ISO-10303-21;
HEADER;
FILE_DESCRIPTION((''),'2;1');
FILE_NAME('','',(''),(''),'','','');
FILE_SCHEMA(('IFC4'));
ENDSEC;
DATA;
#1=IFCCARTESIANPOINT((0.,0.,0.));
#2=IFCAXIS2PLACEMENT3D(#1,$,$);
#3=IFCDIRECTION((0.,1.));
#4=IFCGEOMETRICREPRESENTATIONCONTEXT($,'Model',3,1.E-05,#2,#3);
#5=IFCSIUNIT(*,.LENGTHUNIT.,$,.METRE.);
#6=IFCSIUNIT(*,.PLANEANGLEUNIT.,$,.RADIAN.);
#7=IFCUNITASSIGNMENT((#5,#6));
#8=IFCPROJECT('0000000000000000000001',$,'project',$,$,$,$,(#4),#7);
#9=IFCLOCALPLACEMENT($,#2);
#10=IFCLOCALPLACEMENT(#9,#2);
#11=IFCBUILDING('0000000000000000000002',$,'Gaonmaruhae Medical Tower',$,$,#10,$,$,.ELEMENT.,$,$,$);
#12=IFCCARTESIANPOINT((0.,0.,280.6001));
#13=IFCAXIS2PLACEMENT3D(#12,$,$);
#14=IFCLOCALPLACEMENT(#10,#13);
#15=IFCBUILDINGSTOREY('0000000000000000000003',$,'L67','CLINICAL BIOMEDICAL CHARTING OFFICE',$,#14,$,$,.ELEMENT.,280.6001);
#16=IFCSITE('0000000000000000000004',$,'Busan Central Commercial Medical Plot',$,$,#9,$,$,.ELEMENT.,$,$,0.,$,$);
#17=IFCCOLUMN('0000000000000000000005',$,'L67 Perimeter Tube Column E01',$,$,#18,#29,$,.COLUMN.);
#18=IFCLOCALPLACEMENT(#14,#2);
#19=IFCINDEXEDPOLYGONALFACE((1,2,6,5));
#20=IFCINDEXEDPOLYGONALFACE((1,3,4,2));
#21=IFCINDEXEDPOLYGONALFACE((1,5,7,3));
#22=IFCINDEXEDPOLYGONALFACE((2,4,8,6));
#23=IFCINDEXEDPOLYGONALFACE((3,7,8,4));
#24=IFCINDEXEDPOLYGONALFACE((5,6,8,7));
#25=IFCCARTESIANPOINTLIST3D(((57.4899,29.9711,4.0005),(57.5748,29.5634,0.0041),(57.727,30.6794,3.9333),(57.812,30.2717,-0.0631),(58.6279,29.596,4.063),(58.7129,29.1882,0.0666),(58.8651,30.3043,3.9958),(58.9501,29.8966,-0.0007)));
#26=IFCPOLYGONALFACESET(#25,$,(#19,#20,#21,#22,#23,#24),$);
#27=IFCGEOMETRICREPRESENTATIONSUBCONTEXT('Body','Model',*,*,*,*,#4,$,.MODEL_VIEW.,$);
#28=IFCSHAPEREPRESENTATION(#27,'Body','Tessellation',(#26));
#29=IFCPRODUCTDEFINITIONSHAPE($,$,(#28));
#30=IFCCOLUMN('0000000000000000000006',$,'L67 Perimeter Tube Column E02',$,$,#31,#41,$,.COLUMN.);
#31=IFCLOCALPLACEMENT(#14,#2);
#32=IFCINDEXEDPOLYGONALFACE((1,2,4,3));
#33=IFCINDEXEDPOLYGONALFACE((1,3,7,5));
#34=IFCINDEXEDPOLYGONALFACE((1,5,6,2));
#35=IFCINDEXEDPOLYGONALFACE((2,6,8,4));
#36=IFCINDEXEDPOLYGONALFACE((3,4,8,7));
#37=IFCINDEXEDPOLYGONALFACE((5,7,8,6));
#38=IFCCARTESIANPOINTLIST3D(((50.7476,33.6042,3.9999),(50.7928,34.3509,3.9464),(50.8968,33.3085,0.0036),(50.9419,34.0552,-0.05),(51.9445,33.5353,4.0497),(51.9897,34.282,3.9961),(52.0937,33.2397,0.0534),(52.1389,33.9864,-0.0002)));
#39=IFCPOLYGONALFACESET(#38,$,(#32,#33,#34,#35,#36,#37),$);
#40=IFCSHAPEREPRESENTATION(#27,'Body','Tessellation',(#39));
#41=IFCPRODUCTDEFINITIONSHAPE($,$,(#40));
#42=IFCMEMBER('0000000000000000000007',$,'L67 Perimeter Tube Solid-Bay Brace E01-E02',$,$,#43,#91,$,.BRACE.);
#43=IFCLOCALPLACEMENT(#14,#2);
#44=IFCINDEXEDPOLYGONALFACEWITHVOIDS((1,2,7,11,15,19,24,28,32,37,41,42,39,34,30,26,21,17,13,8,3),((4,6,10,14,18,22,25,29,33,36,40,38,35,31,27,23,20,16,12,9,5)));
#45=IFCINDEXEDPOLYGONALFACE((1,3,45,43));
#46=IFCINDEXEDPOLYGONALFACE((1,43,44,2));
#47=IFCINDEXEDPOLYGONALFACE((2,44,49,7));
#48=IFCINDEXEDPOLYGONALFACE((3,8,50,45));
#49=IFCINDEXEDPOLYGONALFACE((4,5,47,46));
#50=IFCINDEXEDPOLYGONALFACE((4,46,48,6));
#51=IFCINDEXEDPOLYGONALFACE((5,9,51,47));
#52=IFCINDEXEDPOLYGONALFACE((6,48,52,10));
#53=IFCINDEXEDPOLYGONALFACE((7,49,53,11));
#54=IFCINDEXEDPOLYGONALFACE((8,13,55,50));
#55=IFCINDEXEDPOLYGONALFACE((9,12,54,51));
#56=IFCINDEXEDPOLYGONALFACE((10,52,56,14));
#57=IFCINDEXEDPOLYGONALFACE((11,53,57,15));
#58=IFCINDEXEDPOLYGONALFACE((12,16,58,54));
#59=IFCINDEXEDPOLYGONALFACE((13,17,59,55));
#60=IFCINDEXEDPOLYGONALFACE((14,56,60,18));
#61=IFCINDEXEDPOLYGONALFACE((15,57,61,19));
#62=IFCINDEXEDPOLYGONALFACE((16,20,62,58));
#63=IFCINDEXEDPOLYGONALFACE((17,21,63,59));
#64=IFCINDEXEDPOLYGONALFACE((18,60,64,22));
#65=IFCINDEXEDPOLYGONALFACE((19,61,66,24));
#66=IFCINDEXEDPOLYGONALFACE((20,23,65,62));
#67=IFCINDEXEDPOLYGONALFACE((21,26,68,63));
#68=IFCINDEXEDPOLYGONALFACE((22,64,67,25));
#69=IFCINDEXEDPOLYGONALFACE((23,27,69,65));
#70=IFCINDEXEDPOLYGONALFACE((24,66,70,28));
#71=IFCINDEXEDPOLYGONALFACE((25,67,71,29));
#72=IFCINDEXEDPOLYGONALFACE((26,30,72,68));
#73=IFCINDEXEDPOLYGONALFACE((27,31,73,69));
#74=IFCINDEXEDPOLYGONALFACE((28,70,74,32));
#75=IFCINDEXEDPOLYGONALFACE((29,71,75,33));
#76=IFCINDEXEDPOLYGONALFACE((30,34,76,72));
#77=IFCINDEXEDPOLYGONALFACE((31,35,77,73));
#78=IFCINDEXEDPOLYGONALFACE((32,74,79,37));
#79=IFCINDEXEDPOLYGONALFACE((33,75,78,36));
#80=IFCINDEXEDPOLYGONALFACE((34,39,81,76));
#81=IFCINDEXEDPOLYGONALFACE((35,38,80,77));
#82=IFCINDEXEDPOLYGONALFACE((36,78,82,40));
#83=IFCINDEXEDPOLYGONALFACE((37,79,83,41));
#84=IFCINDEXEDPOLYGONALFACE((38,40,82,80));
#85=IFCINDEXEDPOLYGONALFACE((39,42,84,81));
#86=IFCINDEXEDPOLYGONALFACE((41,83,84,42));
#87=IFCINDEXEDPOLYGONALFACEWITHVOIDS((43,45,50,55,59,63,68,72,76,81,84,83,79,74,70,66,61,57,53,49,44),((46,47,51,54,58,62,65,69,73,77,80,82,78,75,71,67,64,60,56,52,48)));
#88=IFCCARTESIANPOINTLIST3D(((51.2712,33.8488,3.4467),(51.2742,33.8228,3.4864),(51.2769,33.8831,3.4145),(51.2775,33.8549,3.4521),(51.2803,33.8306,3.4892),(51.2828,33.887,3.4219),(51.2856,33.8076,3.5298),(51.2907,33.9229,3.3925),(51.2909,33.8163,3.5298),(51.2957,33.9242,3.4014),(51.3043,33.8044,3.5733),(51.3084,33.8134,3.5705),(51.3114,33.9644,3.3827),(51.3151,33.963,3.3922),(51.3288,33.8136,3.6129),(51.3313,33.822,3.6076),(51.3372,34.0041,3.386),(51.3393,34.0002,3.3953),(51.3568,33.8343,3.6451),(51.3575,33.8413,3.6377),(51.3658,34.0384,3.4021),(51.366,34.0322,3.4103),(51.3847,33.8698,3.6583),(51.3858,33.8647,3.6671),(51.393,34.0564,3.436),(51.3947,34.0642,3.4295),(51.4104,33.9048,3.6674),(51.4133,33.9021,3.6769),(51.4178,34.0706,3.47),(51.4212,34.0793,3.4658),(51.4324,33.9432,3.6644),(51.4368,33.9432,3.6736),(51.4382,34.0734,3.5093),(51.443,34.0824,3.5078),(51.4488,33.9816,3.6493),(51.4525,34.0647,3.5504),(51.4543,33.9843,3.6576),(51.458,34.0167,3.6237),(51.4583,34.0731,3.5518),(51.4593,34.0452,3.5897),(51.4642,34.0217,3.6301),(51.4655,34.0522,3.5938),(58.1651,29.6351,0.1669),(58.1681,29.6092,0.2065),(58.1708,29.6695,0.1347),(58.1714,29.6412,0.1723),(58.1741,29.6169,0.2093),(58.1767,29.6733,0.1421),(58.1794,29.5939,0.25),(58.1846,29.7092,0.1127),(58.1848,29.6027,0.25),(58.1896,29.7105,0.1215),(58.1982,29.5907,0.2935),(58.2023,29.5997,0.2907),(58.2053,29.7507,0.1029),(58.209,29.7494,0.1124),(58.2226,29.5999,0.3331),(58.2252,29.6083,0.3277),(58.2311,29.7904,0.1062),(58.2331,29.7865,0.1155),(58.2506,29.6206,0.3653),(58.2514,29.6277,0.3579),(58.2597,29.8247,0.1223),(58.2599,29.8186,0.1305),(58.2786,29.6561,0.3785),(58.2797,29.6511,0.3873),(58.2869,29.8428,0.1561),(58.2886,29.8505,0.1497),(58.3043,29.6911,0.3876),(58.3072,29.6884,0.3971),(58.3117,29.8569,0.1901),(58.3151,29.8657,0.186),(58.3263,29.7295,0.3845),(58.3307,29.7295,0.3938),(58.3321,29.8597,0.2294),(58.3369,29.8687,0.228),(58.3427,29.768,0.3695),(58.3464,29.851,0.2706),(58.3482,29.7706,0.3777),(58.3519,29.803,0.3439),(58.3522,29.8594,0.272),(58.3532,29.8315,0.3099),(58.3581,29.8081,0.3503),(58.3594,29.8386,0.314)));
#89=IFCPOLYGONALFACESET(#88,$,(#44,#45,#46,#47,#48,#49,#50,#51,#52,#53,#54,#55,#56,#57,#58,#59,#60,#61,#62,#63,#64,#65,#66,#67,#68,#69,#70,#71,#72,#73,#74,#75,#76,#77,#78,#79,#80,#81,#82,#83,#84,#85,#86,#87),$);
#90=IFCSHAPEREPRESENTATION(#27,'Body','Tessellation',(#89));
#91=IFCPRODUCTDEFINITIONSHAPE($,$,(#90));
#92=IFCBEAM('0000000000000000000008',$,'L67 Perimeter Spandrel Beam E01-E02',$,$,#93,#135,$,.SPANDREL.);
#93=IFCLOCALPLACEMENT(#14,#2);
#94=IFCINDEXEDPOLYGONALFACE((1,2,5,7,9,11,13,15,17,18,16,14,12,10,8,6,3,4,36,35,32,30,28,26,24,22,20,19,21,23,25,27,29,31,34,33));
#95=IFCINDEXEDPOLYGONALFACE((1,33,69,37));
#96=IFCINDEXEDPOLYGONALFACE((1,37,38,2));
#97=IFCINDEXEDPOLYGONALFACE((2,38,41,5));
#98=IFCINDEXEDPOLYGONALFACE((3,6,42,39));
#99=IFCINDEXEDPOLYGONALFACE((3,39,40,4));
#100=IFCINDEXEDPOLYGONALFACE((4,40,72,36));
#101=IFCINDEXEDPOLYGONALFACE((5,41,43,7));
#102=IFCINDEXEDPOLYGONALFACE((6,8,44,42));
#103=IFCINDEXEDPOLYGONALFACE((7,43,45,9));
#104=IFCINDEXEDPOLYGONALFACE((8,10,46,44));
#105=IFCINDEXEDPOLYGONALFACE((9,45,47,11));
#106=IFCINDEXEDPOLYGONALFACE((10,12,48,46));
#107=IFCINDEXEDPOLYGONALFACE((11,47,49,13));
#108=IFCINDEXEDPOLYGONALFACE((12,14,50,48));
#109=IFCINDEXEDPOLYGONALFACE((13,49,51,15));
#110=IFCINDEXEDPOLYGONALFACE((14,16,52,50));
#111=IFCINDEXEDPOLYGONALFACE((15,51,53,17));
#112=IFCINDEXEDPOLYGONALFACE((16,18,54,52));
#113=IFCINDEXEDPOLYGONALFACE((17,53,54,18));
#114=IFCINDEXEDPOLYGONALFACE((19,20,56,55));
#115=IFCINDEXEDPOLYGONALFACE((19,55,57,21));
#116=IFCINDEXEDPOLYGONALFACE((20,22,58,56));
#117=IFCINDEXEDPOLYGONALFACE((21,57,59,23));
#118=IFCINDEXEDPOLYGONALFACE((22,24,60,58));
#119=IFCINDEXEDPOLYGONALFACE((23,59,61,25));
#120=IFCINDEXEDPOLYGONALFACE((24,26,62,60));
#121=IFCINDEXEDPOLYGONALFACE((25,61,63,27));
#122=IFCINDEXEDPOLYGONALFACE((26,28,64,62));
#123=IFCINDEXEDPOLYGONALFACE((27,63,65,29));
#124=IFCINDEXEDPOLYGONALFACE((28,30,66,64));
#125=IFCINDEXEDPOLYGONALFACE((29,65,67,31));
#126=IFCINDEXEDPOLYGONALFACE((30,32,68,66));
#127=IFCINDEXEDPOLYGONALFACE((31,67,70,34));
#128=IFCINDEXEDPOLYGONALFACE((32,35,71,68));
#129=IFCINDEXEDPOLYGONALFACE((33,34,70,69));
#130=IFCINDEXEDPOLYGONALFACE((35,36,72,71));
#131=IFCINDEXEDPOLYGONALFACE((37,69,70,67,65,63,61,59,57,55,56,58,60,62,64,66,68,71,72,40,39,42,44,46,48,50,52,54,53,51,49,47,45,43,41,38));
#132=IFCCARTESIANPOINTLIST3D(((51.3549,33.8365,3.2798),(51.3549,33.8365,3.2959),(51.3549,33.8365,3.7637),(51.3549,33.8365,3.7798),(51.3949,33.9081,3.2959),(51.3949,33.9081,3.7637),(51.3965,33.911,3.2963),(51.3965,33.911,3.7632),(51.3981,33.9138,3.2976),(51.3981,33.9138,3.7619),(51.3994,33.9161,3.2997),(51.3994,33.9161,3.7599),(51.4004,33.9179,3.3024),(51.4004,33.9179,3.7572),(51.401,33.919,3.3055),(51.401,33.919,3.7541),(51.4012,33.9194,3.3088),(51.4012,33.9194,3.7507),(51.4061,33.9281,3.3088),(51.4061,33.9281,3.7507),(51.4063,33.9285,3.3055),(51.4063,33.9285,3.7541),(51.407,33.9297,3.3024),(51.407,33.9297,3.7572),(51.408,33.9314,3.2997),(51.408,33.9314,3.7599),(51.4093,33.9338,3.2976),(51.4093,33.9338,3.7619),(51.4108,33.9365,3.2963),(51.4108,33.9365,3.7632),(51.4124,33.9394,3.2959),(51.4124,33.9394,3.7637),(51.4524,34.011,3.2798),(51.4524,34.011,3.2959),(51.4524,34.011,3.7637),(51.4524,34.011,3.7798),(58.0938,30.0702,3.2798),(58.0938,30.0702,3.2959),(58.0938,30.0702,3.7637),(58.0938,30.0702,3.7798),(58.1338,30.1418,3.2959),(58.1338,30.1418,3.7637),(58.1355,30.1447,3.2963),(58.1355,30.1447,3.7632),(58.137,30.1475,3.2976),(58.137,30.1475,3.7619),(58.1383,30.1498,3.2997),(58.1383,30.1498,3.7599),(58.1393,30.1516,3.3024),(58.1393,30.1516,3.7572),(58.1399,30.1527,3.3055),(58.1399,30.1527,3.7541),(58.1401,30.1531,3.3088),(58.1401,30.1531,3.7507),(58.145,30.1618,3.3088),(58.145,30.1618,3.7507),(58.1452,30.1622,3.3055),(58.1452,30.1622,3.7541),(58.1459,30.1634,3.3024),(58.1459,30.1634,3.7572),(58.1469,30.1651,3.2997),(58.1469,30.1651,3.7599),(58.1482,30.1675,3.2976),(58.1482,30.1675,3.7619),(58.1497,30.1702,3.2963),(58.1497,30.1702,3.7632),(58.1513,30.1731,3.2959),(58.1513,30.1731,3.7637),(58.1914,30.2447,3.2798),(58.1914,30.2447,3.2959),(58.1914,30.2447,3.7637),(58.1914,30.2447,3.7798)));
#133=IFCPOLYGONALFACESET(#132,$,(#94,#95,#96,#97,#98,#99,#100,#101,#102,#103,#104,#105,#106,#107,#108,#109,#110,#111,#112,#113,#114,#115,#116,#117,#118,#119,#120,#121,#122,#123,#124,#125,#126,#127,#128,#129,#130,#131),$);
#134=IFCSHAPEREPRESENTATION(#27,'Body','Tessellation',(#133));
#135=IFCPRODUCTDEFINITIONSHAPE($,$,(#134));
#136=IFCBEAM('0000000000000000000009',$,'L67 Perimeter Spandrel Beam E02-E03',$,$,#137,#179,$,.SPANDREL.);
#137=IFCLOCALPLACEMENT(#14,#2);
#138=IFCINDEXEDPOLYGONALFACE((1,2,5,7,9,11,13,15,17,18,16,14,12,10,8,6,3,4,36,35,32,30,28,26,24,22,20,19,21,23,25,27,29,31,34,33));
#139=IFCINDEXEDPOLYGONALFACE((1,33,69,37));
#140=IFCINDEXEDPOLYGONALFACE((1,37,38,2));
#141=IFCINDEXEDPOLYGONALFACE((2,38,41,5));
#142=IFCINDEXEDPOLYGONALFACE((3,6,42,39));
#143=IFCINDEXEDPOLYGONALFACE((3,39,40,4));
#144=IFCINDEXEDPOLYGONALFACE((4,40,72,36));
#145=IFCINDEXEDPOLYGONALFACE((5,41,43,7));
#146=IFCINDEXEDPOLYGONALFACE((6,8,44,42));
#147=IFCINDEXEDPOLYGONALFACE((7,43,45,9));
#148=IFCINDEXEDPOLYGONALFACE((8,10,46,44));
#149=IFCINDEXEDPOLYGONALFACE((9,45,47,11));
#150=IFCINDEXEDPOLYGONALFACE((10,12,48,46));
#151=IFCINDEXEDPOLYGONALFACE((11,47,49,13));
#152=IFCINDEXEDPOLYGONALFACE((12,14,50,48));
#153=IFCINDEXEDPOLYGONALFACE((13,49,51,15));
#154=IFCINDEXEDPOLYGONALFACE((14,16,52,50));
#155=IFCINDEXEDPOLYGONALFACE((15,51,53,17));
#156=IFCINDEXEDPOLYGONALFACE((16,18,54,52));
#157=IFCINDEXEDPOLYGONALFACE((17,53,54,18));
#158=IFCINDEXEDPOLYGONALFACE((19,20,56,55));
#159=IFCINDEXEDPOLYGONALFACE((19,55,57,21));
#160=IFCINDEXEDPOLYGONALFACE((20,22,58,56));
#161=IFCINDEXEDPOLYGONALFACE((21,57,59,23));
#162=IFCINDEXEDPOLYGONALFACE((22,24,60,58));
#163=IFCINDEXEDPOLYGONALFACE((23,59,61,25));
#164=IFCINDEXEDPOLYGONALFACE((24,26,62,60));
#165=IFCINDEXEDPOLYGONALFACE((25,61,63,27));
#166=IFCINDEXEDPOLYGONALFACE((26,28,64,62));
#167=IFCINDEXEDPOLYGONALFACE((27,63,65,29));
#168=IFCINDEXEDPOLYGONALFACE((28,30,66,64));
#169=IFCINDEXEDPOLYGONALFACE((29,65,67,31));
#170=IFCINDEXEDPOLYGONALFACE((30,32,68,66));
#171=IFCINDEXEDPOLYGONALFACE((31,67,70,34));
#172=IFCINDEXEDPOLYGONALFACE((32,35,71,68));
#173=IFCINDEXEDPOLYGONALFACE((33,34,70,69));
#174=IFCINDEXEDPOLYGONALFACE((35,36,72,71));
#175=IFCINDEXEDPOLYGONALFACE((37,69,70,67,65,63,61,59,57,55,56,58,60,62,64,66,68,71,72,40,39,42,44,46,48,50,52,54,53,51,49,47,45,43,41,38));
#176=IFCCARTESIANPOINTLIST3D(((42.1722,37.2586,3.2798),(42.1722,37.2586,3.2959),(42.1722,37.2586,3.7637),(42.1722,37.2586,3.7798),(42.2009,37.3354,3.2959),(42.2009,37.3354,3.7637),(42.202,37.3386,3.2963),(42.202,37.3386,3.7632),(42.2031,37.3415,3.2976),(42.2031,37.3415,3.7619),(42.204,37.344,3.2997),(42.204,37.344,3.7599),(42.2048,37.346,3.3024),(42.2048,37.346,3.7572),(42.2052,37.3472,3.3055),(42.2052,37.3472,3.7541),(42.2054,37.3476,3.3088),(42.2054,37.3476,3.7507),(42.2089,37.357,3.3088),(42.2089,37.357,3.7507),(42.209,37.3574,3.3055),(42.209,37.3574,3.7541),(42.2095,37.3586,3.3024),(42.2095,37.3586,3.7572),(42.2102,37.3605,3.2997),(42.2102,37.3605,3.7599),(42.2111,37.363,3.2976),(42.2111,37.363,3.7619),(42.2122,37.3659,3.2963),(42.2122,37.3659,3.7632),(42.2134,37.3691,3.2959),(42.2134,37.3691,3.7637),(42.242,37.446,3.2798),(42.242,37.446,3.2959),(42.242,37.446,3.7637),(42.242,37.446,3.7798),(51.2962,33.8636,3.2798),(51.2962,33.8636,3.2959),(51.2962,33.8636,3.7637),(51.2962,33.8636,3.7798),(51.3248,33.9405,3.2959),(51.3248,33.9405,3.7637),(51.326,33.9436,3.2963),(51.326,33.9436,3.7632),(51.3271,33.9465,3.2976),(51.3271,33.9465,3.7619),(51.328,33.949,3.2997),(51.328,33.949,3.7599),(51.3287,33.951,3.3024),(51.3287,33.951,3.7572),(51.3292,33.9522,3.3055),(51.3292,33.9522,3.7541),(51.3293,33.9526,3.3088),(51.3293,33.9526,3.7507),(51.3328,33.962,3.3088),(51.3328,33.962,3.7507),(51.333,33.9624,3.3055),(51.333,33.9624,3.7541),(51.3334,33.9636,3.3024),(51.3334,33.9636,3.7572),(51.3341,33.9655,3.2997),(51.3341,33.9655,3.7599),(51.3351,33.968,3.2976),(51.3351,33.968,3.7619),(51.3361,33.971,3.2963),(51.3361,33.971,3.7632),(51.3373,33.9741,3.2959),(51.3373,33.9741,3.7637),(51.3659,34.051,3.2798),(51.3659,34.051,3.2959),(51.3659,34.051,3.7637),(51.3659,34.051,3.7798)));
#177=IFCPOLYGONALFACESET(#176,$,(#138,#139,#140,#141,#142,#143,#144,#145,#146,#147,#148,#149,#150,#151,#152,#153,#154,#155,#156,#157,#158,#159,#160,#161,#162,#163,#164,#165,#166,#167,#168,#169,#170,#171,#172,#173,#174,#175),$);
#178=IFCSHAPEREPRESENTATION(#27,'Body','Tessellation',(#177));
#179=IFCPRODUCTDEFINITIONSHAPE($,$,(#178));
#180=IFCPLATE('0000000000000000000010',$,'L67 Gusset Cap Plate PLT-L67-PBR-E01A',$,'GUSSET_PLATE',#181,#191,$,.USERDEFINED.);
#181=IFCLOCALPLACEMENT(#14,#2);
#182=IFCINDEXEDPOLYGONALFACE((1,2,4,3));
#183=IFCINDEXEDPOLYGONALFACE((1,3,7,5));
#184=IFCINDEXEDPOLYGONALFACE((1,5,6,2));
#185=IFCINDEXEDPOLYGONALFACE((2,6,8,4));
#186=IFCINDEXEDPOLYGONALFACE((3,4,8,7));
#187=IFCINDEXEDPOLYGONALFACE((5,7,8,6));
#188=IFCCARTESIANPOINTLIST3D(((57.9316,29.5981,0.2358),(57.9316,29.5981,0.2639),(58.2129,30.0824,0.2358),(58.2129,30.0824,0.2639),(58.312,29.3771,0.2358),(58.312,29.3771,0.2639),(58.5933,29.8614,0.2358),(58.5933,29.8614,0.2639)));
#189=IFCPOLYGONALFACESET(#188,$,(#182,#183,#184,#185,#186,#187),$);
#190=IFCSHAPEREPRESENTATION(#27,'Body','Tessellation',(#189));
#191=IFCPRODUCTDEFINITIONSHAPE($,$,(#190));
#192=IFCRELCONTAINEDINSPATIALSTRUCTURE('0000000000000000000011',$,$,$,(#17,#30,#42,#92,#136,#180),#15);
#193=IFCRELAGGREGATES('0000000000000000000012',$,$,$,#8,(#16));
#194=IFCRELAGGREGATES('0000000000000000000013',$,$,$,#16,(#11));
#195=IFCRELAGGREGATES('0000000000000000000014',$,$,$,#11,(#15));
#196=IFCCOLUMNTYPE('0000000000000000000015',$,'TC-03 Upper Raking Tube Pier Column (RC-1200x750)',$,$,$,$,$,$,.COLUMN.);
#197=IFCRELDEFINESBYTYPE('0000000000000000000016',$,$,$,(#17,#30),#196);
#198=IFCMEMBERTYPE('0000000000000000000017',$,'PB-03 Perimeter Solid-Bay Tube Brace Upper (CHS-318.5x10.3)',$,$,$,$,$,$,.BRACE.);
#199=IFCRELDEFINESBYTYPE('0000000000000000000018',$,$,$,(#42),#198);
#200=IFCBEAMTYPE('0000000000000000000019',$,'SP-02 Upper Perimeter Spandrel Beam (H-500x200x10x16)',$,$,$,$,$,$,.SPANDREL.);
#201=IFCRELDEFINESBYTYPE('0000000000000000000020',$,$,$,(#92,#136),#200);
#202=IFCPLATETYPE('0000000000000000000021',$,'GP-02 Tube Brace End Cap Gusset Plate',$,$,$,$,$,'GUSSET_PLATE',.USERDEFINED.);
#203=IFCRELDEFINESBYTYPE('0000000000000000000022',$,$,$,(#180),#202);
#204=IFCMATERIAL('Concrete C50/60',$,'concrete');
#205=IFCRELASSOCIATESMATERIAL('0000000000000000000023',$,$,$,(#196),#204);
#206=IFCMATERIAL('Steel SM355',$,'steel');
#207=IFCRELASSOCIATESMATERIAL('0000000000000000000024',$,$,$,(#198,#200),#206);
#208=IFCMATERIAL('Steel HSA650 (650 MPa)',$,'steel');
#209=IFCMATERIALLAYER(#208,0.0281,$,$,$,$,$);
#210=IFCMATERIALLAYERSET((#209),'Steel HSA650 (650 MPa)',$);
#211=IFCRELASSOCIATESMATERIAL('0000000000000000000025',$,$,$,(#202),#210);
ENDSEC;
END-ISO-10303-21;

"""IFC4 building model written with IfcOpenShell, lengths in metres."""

from ifc_helpers import new_model, si_unit, direction, frame, origin, origin_2d, place, context, subcontext, project, spatial, rectangle, hollow_circle, i_section, extrude, material, layer, layer_set, material_profile, profile_set, type_object, element, save


model = new_model("IFC4")

# Units and contexts
model_context = context("Model", 3, precision=1e-05, world=origin(), true_north=direction((0.0, 1.0)))
body_context = subcontext(model_context, "Body", "Model", "MODEL_VIEW")
ifc_project = project(units=[si_unit("LENGTHUNIT", "METRE"), si_unit("PLANEANGLEUNIT", "RADIAN")], contexts=[model_context])

# Site, building, storey
site_placement = place(None, origin())
site = spatial("IfcSite", under=ifc_project, at=site_placement, Name="Busan Central Commercial Medical Plot", CompositionType="ELEMENT", RefElevation=0.0)
building_placement = place(site_placement, origin())
building = spatial("IfcBuilding", under=site, at=building_placement, Name="Gaonmaruhae Medical Tower", CompositionType="ELEMENT")
storey_placement = place(building_placement, frame((0.0, 0.0, 280.6001)))
storey = spatial("IfcBuildingStorey", under=building, at=storey_placement, Name="L67", Description="CLINICAL BIOMEDICAL CHARTING OFFICE", CompositionType="ELEMENT", Elevation=280.6001)

# Columns
ifc_material_1 = material(Name="Concrete C50/60", Category="concrete")
ifc_material_profile_1 = material_profile(ifc_material_1, rectangle(XDim=1.2, YDim=0.75, at=origin_2d()), Name="RC-1200x750")
ifc_profile_set_1 = profile_set([ifc_material_profile_1], Name="Concrete C50/60")
column_type = type_object("IfcColumnType", Name="TC-03 Upper Raking Tube Pier Column (RC-1200x750)", PredefinedType="COLUMN", material=ifc_profile_set_1)
column_1_placement = place(storey_placement, frame((58.2625, 29.73, 0.0017), z_axis=(-0.021145, 0.101473, 0.994614), x_axis=(0.94844, -0.312652, 0.052061)))
element("IfcColumn", 1, at=column_1_placement, inside=storey, type_object=column_type, Name="L67 Perimeter Tube Column E01", PredefinedType="COLUMN", context=body_context, shape_type="SweptSolid", body=[
    extrude(rectangle(XDim=1.2, YDim=0.75, at=origin_2d()), origin(), (0.0, 0.0, 1.0), 4.0181),
])
column_2_placement = place(storey_placement, frame((51.5178, 33.6475, 0.0017), z_axis=(-0.037199, 0.073729, 0.996584), x_axis=(0.997491, -0.057377, 0.041478)))
element("IfcColumn", 2, at=column_2_placement, inside=storey, type_object=column_type, Name="L67 Perimeter Tube Column E02", PredefinedType="COLUMN", context=body_context, shape_type="SweptSolid", body=[
    extrude(rectangle(XDim=1.2, YDim=0.75, at=origin_2d()), origin(), (0.0, 0.0, 1.0), 4.01),
])

# Member
ifc_material_2 = material(Name="Steel SM355", Category="steel")
ifc_material_profile_2 = material_profile(ifc_material_2, hollow_circle(Radius=0.1592, WallThickness=0.0103, at=origin_2d()), Name="CHS-318.5x10.3")
ifc_profile_set_2 = profile_set([ifc_material_profile_2], Name="Steel SM355")
member_type = type_object("IfcMemberType", Name="PB-03 Perimeter Solid-Bay Tube Brace Upper (CHS-318.5x10.3)", PredefinedType="BRACE", material=ifc_profile_set_2)
member_placement = place(storey_placement, frame((58.2625, 29.7297, 0.25), z_axis=(-0.790585, 0.483221, 0.376128), x_axis=(-0.521517, -0.853241, 0.0)))
element("IfcMember", 3, at=member_placement, inside=storey, type_object=member_type, Name="L67 Perimeter Tube Solid-Bay Brace E01-E02", PredefinedType="BRACE", context=body_context, shape_type="SweptSolid", body=[
    extrude(hollow_circle(Radius=0.1592, WallThickness=0.0103, at=origin_2d()), origin(), (0.0, 0.0, 1.0), 8.72),
])

# Beams
ifc_material_profile_3 = material_profile(ifc_material_2, i_section(OverallWidth=0.2, OverallDepth=0.5, WebThickness=0.01, FlangeThickness=0.0161, FilletRadius=0.0129, at=origin_2d()), Name="H-500x200x10x16")
ifc_profile_set_3 = profile_set([ifc_material_profile_3], Name="Steel SM355")
beam_type = type_object("IfcBeamType", Name="SP-02 Upper Perimeter Spandrel Beam (H-500x200x10x16)", PredefinedType="SPANDREL", material=ifc_profile_set_3)
beam_1_placement = place(storey_placement, frame((58.1426, 30.1575, 3.5298), z_axis=(-0.872919, 0.487865, 0.0), x_axis=(-0.487865, -0.872919, 0.0)))
element("IfcBeam", 4, at=beam_1_placement, inside=storey, type_object=beam_type, Name="L67 Perimeter Spandrel Beam E01-E02", PredefinedType="SPANDREL", context=body_context, shape_type="SweptSolid", body=[
    extrude(i_section(OverallWidth=0.2, OverallDepth=0.5, WebThickness=0.01, FlangeThickness=0.0161, FilletRadius=0.0129, at=origin_2d()), origin(), (0.0, 0.0, 1.0), 7.72),
])
beam_2_placement = place(storey_placement, frame((51.3311, 33.9573, 3.5298), z_axis=(-0.937221, 0.348737, 0.0), x_axis=(-0.348737, -0.937221, 0.0)))
element("IfcBeam", 5, at=beam_2_placement, inside=storey, type_object=beam_type, Name="L67 Perimeter Spandrel Beam E02-E03", PredefinedType="SPANDREL", context=body_context, shape_type="SweptSolid", body=[
    extrude(i_section(OverallWidth=0.2, OverallDepth=0.5, WebThickness=0.01, FlangeThickness=0.0161, FilletRadius=0.0129, at=origin_2d()), origin(), (0.0, 0.0, 1.0), 9.7351),
])

# Plate
ifc_material_3 = material(Name="Steel HSA650 (650 MPa)", Category="steel")
ifc_layer_1 = layer(ifc_material_3, 0.0281)
ifc_layer_set_1 = layer_set([ifc_layer_1], Name="Steel HSA650 (650 MPa)")
plate_type_1 = type_object("IfcPlateType", Name="GP-02 Tube Brace End Cap Gusset Plate", ElementType="GUSSET_PLATE", PredefinedType="USERDEFINED", material=ifc_layer_set_1)
for number, where, z_axis, x_axis, name in (
    (6, (58.2625, 29.7297, 0.2358), (0.0, 0.0, 1.0), (0.502266, 0.864713, 0.0), "L67 Gusset Cap Plate PLT-L67-PBR-E01A"),
):
    element("IfcPlate", number, at=place(storey_placement, frame(where, z_axis=z_axis, x_axis=x_axis)), inside=storey, type_object=plate_type_1, Name=name, ObjectType="GUSSET_PLATE", PredefinedType="USERDEFINED", context=body_context, shape_type="SweptSolid", body=[
        extrude(rectangle(XDim=0.5601, YDim=0.4399, at=origin_2d()), origin(), (0.0, 0.0, 1.0), 0.0281),
    ])

save(model, "model.ifc")
